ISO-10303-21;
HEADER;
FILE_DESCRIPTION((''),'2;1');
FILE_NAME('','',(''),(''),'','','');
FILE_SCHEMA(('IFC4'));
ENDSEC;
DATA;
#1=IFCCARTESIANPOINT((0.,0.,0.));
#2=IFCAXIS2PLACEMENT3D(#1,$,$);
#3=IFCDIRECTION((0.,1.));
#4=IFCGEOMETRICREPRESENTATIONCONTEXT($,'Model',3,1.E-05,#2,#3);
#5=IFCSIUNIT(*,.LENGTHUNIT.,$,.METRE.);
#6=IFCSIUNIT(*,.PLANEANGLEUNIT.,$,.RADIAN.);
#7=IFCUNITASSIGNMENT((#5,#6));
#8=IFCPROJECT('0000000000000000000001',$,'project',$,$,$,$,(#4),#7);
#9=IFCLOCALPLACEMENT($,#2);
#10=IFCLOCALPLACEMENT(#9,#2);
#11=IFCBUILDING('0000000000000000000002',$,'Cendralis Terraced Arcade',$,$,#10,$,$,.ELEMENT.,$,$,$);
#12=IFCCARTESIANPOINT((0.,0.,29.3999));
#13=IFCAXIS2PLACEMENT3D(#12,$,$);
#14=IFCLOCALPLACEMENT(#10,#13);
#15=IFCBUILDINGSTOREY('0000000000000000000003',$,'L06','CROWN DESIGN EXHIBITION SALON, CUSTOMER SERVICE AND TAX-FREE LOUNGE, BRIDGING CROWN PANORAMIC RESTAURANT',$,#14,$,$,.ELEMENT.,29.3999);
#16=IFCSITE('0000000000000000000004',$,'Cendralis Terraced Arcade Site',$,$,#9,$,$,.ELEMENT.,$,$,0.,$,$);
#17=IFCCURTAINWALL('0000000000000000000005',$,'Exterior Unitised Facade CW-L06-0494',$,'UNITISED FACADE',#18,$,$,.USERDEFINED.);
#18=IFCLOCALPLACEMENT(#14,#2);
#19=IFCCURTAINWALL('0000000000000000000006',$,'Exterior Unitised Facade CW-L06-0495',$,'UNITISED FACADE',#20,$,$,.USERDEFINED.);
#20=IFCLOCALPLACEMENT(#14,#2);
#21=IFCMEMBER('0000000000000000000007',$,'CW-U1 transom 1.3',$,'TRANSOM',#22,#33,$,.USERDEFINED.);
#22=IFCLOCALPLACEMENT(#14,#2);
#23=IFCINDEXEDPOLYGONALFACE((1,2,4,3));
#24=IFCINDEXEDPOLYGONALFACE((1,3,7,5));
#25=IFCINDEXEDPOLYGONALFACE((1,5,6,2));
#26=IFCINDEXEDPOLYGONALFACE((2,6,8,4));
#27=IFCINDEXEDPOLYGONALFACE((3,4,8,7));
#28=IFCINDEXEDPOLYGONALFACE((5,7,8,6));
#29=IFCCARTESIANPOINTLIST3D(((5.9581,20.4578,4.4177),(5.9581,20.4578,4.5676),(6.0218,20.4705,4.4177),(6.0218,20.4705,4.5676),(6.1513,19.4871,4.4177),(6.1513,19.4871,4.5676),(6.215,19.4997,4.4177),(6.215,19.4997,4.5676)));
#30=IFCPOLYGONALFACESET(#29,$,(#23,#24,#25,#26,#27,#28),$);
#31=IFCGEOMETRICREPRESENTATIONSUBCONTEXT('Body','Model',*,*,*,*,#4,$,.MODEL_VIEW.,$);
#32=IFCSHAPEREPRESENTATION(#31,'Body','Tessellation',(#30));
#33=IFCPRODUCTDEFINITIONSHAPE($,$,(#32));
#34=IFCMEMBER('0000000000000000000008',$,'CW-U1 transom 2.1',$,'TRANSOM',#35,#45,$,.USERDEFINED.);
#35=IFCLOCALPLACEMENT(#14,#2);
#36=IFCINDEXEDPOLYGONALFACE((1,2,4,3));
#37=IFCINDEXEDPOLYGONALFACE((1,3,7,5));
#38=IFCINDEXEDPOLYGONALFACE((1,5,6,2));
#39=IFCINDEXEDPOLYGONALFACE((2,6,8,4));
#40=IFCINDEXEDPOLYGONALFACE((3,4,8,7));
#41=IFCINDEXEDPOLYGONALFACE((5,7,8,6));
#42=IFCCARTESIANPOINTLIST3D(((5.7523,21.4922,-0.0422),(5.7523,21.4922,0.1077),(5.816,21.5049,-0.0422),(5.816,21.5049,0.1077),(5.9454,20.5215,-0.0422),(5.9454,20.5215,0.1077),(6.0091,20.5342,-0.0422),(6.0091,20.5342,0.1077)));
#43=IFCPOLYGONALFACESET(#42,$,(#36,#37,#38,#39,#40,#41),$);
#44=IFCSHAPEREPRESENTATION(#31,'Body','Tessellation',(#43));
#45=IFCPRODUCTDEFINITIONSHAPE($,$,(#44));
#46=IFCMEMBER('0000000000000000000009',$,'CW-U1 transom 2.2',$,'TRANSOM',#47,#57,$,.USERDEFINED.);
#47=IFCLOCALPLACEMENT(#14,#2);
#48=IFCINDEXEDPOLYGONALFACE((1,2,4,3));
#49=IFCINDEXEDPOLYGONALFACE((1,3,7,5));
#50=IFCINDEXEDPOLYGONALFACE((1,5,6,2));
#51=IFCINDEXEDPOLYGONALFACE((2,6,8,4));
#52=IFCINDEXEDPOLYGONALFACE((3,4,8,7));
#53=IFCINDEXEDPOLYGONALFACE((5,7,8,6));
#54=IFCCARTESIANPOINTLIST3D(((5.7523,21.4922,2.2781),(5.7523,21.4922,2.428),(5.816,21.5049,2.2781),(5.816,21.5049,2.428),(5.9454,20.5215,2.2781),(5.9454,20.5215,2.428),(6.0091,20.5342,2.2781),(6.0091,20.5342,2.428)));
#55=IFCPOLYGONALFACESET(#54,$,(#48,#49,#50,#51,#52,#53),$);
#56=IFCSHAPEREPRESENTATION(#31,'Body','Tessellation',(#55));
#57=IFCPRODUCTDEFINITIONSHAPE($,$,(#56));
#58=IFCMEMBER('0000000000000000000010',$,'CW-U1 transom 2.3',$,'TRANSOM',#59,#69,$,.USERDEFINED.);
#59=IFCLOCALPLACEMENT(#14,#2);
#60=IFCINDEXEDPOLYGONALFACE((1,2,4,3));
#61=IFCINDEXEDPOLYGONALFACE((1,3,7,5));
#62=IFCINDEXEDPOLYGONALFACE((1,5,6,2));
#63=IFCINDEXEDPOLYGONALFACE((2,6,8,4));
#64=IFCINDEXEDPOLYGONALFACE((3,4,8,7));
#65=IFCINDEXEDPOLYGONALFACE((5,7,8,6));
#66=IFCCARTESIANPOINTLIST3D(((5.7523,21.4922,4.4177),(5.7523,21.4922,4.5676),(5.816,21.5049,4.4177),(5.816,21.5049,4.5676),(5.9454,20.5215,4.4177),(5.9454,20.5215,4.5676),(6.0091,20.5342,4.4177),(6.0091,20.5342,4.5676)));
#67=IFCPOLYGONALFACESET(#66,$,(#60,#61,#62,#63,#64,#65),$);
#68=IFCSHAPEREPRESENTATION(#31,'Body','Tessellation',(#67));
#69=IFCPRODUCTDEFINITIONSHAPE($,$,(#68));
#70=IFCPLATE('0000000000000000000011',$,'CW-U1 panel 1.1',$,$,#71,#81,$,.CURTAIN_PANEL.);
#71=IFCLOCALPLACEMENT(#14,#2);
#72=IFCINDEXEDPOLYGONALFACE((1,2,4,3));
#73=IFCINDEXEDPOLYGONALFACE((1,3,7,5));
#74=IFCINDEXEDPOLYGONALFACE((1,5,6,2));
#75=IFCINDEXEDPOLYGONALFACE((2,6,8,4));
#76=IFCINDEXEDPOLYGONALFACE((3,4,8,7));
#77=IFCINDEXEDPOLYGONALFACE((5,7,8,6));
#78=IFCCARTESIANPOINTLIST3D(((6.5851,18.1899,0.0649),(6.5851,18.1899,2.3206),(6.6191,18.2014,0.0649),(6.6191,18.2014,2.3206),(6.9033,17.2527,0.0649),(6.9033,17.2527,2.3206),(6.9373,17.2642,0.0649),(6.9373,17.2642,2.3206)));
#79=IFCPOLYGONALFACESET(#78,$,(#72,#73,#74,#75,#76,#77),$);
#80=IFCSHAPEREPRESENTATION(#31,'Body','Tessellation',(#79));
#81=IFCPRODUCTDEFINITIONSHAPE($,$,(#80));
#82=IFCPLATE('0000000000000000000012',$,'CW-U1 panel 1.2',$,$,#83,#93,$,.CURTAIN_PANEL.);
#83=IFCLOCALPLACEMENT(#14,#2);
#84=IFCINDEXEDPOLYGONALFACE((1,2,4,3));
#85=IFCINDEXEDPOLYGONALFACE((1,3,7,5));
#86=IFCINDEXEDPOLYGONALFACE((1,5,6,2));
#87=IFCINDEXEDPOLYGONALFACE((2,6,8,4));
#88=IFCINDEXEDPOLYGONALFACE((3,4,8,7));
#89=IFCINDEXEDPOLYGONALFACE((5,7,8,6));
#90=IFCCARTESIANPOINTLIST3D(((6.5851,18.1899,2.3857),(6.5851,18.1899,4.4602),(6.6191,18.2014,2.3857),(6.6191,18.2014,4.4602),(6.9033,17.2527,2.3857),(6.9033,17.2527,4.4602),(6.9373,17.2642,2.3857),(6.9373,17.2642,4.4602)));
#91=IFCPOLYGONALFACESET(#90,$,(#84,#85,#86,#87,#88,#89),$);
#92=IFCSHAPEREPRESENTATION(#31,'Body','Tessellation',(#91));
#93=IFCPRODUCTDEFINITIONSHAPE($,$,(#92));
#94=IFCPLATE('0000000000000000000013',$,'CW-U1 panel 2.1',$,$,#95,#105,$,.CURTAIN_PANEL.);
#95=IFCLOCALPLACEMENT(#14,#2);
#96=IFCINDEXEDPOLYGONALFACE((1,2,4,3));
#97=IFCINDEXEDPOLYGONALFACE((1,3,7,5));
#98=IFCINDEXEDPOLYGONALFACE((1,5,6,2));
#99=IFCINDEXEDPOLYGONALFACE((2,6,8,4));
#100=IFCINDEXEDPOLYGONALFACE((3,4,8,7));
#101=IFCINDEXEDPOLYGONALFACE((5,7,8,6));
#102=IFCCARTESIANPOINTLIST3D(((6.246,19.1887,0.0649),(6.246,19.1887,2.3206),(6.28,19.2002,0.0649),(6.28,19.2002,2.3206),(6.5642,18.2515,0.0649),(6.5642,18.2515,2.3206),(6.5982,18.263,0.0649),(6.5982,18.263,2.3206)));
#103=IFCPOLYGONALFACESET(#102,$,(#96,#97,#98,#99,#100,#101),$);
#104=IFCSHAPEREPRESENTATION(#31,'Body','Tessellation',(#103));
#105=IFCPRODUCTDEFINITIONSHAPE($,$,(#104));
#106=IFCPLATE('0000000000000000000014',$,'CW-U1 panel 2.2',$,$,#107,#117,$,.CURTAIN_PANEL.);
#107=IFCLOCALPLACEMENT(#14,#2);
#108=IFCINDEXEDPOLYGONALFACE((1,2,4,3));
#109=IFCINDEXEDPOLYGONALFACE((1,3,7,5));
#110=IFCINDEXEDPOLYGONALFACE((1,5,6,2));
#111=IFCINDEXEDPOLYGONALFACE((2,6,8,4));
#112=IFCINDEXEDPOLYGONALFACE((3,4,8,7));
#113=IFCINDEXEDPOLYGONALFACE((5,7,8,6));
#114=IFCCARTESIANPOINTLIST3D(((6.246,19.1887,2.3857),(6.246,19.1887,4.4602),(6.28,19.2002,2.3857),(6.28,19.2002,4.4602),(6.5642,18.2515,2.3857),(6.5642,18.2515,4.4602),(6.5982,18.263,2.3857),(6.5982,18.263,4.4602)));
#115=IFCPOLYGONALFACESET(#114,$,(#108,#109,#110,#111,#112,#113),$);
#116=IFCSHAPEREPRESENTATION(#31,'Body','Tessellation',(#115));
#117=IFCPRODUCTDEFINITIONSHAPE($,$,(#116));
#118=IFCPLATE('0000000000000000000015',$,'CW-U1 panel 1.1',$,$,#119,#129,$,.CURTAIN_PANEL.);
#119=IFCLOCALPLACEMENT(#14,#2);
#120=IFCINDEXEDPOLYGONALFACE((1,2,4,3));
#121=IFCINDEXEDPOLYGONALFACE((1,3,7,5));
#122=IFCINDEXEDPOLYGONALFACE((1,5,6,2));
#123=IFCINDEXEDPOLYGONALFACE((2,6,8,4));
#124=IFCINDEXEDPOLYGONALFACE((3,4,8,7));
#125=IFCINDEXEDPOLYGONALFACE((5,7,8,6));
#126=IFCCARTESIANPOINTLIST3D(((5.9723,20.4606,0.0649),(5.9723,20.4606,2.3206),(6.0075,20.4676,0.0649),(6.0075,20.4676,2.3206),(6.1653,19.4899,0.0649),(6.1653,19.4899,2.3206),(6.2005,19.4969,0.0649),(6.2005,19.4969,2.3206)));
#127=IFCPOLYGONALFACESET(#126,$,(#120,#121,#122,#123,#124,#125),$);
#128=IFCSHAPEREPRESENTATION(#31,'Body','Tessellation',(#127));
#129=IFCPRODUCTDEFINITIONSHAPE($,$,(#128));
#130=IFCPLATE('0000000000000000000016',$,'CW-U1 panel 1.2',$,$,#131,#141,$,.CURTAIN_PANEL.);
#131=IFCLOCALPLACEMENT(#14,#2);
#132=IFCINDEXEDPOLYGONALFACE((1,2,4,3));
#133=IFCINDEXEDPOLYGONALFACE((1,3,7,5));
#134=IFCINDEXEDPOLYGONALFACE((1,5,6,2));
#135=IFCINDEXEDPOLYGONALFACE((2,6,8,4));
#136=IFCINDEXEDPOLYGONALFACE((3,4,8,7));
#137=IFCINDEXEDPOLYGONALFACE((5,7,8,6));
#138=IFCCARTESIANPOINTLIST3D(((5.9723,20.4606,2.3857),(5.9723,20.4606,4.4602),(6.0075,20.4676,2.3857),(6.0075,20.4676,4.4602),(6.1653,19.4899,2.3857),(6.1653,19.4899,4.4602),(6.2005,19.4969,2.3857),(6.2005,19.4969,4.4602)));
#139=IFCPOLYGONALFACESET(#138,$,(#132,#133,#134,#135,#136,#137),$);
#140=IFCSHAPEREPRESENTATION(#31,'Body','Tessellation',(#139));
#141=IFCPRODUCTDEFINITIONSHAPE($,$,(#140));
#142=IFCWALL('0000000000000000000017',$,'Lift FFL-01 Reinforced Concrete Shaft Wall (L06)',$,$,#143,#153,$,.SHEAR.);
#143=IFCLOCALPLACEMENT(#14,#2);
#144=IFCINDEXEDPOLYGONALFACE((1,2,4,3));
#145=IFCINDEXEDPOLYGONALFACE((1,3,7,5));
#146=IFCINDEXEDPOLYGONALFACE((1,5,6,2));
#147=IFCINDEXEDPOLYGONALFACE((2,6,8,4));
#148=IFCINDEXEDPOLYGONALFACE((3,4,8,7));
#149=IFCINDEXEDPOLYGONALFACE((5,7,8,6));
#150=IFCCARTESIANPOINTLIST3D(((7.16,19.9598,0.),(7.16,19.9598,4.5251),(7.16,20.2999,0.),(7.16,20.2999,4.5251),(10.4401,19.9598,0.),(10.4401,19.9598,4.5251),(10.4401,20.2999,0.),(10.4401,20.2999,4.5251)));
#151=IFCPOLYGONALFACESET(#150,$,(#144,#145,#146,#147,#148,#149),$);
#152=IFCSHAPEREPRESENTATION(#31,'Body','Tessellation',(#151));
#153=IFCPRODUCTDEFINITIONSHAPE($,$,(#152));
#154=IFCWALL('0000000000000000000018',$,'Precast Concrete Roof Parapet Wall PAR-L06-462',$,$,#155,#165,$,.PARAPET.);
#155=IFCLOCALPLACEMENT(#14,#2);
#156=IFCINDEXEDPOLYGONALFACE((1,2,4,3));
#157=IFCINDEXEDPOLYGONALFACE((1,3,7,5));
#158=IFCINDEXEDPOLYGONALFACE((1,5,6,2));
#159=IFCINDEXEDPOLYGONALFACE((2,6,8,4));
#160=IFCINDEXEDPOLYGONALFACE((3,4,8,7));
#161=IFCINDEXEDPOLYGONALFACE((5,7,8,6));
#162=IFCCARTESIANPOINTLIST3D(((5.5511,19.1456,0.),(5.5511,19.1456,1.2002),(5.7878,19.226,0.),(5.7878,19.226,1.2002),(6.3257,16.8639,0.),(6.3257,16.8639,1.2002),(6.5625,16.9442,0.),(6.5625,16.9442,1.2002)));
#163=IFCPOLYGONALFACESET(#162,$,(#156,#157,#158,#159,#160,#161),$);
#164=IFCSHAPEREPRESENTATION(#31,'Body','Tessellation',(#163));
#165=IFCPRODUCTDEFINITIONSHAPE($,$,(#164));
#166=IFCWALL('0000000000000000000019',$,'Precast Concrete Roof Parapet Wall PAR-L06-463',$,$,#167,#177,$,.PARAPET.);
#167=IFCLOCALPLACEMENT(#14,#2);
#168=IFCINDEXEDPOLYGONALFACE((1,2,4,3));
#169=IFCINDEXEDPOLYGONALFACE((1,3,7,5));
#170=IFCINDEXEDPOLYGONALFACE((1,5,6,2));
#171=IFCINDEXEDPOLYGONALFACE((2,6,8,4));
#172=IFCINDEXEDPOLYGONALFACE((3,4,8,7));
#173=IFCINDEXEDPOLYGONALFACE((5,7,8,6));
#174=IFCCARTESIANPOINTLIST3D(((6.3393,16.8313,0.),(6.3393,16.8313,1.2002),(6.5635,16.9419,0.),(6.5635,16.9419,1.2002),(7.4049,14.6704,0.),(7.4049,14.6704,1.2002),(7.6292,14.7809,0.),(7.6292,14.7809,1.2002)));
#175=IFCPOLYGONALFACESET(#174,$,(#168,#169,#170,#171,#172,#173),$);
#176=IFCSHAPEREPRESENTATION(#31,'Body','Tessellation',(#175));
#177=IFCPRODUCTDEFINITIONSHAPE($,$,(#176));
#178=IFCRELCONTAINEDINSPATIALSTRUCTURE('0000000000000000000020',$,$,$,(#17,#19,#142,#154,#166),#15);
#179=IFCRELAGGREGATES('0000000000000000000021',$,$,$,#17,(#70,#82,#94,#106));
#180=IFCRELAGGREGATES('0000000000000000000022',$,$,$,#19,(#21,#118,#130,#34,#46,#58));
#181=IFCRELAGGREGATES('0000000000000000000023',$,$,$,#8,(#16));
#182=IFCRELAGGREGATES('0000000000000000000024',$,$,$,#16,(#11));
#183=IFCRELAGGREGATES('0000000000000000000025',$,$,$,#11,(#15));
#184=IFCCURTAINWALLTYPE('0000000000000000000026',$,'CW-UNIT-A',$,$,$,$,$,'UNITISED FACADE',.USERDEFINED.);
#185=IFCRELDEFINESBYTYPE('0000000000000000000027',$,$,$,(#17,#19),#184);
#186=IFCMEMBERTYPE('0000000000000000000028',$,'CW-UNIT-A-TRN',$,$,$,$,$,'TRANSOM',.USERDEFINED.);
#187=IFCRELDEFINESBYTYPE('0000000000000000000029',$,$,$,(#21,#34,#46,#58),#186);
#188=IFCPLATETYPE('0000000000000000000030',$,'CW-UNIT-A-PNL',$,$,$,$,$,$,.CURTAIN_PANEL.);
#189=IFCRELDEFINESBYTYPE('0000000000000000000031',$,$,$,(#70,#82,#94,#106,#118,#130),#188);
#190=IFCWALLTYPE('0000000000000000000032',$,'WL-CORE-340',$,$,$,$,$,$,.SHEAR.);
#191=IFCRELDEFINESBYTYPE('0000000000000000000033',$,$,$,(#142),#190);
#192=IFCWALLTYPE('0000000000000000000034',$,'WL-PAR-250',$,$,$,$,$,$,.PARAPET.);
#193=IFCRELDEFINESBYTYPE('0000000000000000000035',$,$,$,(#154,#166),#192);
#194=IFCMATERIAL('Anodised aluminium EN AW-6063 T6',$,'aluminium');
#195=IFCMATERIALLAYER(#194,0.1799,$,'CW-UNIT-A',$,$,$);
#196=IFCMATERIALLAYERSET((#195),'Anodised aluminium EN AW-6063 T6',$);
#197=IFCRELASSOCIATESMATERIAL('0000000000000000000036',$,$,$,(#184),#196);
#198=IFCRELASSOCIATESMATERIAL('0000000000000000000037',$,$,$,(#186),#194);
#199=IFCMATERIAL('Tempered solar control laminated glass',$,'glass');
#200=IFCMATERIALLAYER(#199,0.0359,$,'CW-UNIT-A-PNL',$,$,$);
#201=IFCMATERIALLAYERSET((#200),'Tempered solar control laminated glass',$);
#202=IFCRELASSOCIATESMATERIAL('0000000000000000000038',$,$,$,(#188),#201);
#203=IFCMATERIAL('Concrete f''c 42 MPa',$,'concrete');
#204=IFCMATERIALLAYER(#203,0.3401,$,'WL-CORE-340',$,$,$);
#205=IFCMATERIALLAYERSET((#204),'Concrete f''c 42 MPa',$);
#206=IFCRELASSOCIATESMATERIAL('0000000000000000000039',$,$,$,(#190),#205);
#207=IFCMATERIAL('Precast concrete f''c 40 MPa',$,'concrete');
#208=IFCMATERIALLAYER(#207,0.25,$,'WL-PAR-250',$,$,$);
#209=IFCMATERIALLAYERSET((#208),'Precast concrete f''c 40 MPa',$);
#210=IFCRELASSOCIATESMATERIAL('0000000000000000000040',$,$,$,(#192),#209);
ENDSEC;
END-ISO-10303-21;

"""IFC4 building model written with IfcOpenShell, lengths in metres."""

from ifc_helpers import new_model, si_unit, direction, frame, frame_2d, origin, origin_2d, place, context, subcontext, project, spatial, rectangle, extrude, material, layer, layer_set, material_profile, profile_set, type_object, element, aggregate, save


model = new_model("IFC4")

# Units and contexts
model_context = context("Model", 3, precision=1e-05, world=origin(), true_north=direction((0.0, 1.0)))
body_context = subcontext(model_context, "Body", "Model", "MODEL_VIEW")
ifc_project = project(units=[si_unit("LENGTHUNIT", "METRE"), si_unit("PLANEANGLEUNIT", "RADIAN")], contexts=[model_context])

# Site, building, storey
site_placement = place(None, origin())
site = spatial("IfcSite", under=ifc_project, at=site_placement, Name="Cendralis Terraced Arcade Site", CompositionType="ELEMENT", RefElevation=0.0)
building_placement = place(site_placement, origin())
building = spatial("IfcBuilding", under=site, at=building_placement, Name="Cendralis Terraced Arcade", CompositionType="ELEMENT")
storey_placement = place(building_placement, frame((0.0, 0.0, 29.3999)))
storey = spatial("IfcBuildingStorey", under=building, at=storey_placement, Name="L06", Description="CROWN DESIGN EXHIBITION SALON, CUSTOMER SERVICE AND TAX-FREE LOUNGE, BRIDGING CROWN PANORAMIC RESTAURANT", CompositionType="ELEMENT", Elevation=29.3999)

# Shared definitions
ifc_material_1 = material(Name="Anodised aluminium EN AW-6063 T6", Category="aluminium")
ifc_layer_1 = layer(ifc_material_1, 0.1799, Name="CW-UNIT-A")
ifc_layer_set_1 = layer_set([ifc_layer_1], Name="Anodised aluminium EN AW-6063 T6")
curtain_wall_type = type_object("IfcCurtainWallType", Name="CW-UNIT-A", ElementType="UNITISED FACADE", PredefinedType="USERDEFINED", material=ifc_layer_set_1)

# Curtain walls
curtain_wall_1_placement = place(storey_placement, origin())
curtain_wall_1 = element("IfcCurtainWall", 1, at=curtain_wall_1_placement, inside=storey, type_object=curtain_wall_type, Name="Exterior Unitised Facade CW-L06-0494", ObjectType="UNITISED FACADE", PredefinedType="USERDEFINED")
curtain_wall_2_placement = place(storey_placement, origin())
curtain_wall_2 = element("IfcCurtainWall", 2, at=curtain_wall_2_placement, inside=storey, type_object=curtain_wall_type, Name="Exterior Unitised Facade CW-L06-0495", ObjectType="UNITISED FACADE", PredefinedType="USERDEFINED")

# Members
ifc_material_profile_1 = material_profile(ifc_material_1, rectangle(XDim=0.0649, YDim=0.1499, at=origin_2d()), Name="ALU-TRN-65x150")
ifc_profile_set_1 = profile_set([ifc_material_profile_1], Name="Anodised aluminium EN AW-6063 T6")
member_type_1 = type_object("IfcMemberType", Name="CW-UNIT-A-TRN", ElementType="TRANSOM", PredefinedType="USERDEFINED", material=ifc_profile_set_1)
member_1_placement = place(storey_placement, frame((6.1831, 19.4934, 4.4927), z_axis=(-0.19512, 0.980779, 0.0), x_axis=(-0.980779, -0.19512, 0.0)))
member_1 = element("IfcMember", 3, at=member_1_placement, type_object=member_type_1, Name="CW-U1 transom 1.3", ObjectType="TRANSOM", PredefinedType="USERDEFINED", context=body_context, shape_type="SweptSolid", body=[
    extrude(rectangle(XDim=0.0649, YDim=0.1499, at=origin_2d()), origin(), (0.0, 0.0, 1.0), 0.9897),
])
member_2_placement = place(storey_placement, frame((5.9773, 20.5278, 0.0327), z_axis=(-0.19512, 0.980779, 0.0), x_axis=(-0.980779, -0.19512, 0.0)))
member_2 = element("IfcMember", 4, at=member_2_placement, type_object=member_type_1, Name="CW-U1 transom 2.1", ObjectType="TRANSOM", PredefinedType="USERDEFINED", context=body_context, shape_type="SweptSolid", body=[
    extrude(rectangle(XDim=0.0649, YDim=0.1499, at=origin_2d()), origin(), (0.0, 0.0, 1.0), 0.9897),
])
member_3_placement = place(storey_placement, frame((5.9773, 20.5278, 2.353), z_axis=(-0.19512, 0.980779, 0.0), x_axis=(-0.980779, -0.19512, 0.0)))
member_3 = element("IfcMember", 5, at=member_3_placement, type_object=member_type_1, Name="CW-U1 transom 2.2", ObjectType="TRANSOM", PredefinedType="USERDEFINED", context=body_context, shape_type="SweptSolid", body=[
    extrude(rectangle(XDim=0.0649, YDim=0.1499, at=origin_2d()), origin(), (0.0, 0.0, 1.0), 0.9897),
])
member_4_placement = place(storey_placement, frame((5.9773, 20.5278, 4.4927), z_axis=(-0.19512, 0.980779, 0.0), x_axis=(-0.980779, -0.19512, 0.0)))
member_4 = element("IfcMember", 6, at=member_4_placement, type_object=member_type_1, Name="CW-U1 transom 2.3", ObjectType="TRANSOM", PredefinedType="USERDEFINED", context=body_context, shape_type="SweptSolid", body=[
    extrude(rectangle(XDim=0.0649, YDim=0.1499, at=origin_2d()), origin(), (0.0, 0.0, 1.0), 0.9897),
])

# Plates
ifc_material_2 = material(Name="Tempered solar control laminated glass", Category="glass")
ifc_layer_2 = layer(ifc_material_2, 0.0359, Name="CW-UNIT-A-PNL")
ifc_layer_set_2 = layer_set([ifc_layer_2], Name="Tempered solar control laminated glass")
plate_type = type_object("IfcPlateType", Name="CW-UNIT-A-PNL", PredefinedType="CURTAIN_PANEL", material=ifc_layer_set_2)
plate_1_placement = place(storey_placement, frame((6.7612, 17.7271, 0.0649), z_axis=(0.0, 0.0, 1.0), x_axis=(-0.321479, 0.946917, 0.0)))
plate_1 = element("IfcPlate", 7, at=plate_1_placement, type_object=plate_type, Name="CW-U1 panel 1.1", PredefinedType="CURTAIN_PANEL", context=body_context, shape_type="SweptSolid", body=[
    extrude(rectangle(XDim=0.9897, YDim=0.0359, at=origin_2d()), origin(), (0.0, 0.0, 1.0), 2.2556),
])
plate_2_placement = place(storey_placement, frame((6.7612, 17.7271, 2.3857), z_axis=(0.0, 0.0, 1.0), x_axis=(-0.321479, 0.946917, 0.0)))
plate_2 = element("IfcPlate", 8, at=plate_2_placement, type_object=plate_type, Name="CW-U1 panel 1.2", PredefinedType="CURTAIN_PANEL", context=body_context, shape_type="SweptSolid", body=[
    extrude(rectangle(XDim=0.9897, YDim=0.0359, at=origin_2d()), origin(), (0.0, 0.0, 1.0), 2.0745),
])
plate_3_placement = place(storey_placement, frame((6.4221, 18.7258, 0.0649), z_axis=(0.0, 0.0, 1.0), x_axis=(-0.321479, 0.946917, 0.0)))
plate_3 = element("IfcPlate", 9, at=plate_3_placement, type_object=plate_type, Name="CW-U1 panel 2.1", PredefinedType="CURTAIN_PANEL", context=body_context, shape_type="SweptSolid", body=[
    extrude(rectangle(XDim=0.9897, YDim=0.0359, at=origin_2d()), origin(), (0.0, 0.0, 1.0), 2.2556),
])
plate_4_placement = place(storey_placement, frame((6.4221, 18.7258, 2.3857), z_axis=(0.0, 0.0, 1.0), x_axis=(-0.321479, 0.946917, 0.0)))
plate_4 = element("IfcPlate", 10, at=plate_4_placement, type_object=plate_type, Name="CW-U1 panel 2.2", PredefinedType="CURTAIN_PANEL", context=body_context, shape_type="SweptSolid", body=[
    extrude(rectangle(XDim=0.9897, YDim=0.0359, at=origin_2d()), origin(), (0.0, 0.0, 1.0), 2.0745),
])
aggregate(curtain_wall_1, [plate_1, plate_2, plate_3, plate_4])
plate_5_placement = place(storey_placement, frame((6.0864, 19.9788, 0.0649), z_axis=(0.0, 0.0, 1.0), x_axis=(-0.195046, 0.980794, 0.0)))
plate_5 = element("IfcPlate", 11, at=plate_5_placement, type_object=plate_type, Name="CW-U1 panel 1.1", PredefinedType="CURTAIN_PANEL", context=body_context, shape_type="SweptSolid", body=[
    extrude(rectangle(XDim=0.9897, YDim=0.0359, at=origin_2d()), origin(), (0.0, 0.0, 1.0), 2.2556),
])
plate_6_placement = place(storey_placement, frame((6.0864, 19.9788, 2.3857), z_axis=(0.0, 0.0, 1.0), x_axis=(-0.195046, 0.980794, 0.0)))
plate_6 = element("IfcPlate", 12, at=plate_6_placement, type_object=plate_type, Name="CW-U1 panel 1.2", PredefinedType="CURTAIN_PANEL", context=body_context, shape_type="SweptSolid", body=[
    extrude(rectangle(XDim=0.9897, YDim=0.0359, at=origin_2d()), origin(), (0.0, 0.0, 1.0), 2.0745),
])
aggregate(curtain_wall_2, [member_1, plate_5, plate_6, member_2, member_3, member_4])

# Walls
ifc_material_3 = material(Name="Concrete f'c 42 MPa", Category="concrete")
ifc_layer_3 = layer(ifc_material_3, 0.3401, Name="WL-CORE-340")
ifc_layer_set_3 = layer_set([ifc_layer_3], Name="Concrete f'c 42 MPa")
wall_type_1 = type_object("IfcWallType", Name="WL-CORE-340", PredefinedType="SHEAR", material=ifc_layer_set_3)
wall_1_placement = place(storey_placement, frame((7.1599, 20.1299, 0.0), z_axis=(0.0, 0.0, 1.0), x_axis=(1.0, 0.0, 0.0)))
element("IfcWall", 13, at=wall_1_placement, inside=storey, type_object=wall_type_1, Name="Lift FFL-01 Reinforced Concrete Shaft Wall (L06)", PredefinedType="SHEAR", context=body_context, shape_type="SweptSolid", body=[
    extrude(rectangle(XDim=3.28, YDim=0.3401, at=frame_2d((1.6401, 0.0))), origin(), (0.0, 0.0, 1.0), 4.5251),
])
ifc_material_4 = material(Name="Precast concrete f'c 40 MPa", Category="concrete")
ifc_layer_4 = layer(ifc_material_4, 0.25, Name="WL-PAR-250")
ifc_layer_set_4 = layer_set([ifc_layer_4], Name="Precast concrete f'c 40 MPa")
wall_type_2 = type_object("IfcWallType", Name="WL-PAR-250", PredefinedType="PARAPET", material=ifc_layer_set_4)
wall_2_placement = place(storey_placement, frame((5.6694, 19.1858, 0.0), z_axis=(0.0, 0.0, 1.0), x_axis=(0.321481, -0.946916, 0.0)))
element("IfcWall", 14, at=wall_2_placement, inside=storey, type_object=wall_type_2, Name="Precast Concrete Roof Parapet Wall PAR-L06-462", PredefinedType="PARAPET", context=body_context, shape_type="SweptSolid", body=[
    extrude(rectangle(XDim=2.4097, YDim=0.25, at=frame_2d((1.2048, 0.0))), origin(), (0.0, 0.0, 1.0), 1.2002),
])
wall_3_placement = place(storey_placement, frame((6.4514, 16.8865, 0.0), z_axis=(0.0, 0.0, 1.0), x_axis=(0.442303, -0.896866, 0.0)))
element("IfcWall", 15, at=wall_3_placement, inside=storey, type_object=wall_type_2, Name="Precast Concrete Roof Parapet Wall PAR-L06-463", PredefinedType="PARAPET", context=body_context, shape_type="SweptSolid", body=[
    extrude(rectangle(XDim=2.4094, YDim=0.25, at=frame_2d((1.2046, 0.0))), origin(), (0.0, 0.0, 1.0), 1.2002),
])

save(model, "model.ifc")
